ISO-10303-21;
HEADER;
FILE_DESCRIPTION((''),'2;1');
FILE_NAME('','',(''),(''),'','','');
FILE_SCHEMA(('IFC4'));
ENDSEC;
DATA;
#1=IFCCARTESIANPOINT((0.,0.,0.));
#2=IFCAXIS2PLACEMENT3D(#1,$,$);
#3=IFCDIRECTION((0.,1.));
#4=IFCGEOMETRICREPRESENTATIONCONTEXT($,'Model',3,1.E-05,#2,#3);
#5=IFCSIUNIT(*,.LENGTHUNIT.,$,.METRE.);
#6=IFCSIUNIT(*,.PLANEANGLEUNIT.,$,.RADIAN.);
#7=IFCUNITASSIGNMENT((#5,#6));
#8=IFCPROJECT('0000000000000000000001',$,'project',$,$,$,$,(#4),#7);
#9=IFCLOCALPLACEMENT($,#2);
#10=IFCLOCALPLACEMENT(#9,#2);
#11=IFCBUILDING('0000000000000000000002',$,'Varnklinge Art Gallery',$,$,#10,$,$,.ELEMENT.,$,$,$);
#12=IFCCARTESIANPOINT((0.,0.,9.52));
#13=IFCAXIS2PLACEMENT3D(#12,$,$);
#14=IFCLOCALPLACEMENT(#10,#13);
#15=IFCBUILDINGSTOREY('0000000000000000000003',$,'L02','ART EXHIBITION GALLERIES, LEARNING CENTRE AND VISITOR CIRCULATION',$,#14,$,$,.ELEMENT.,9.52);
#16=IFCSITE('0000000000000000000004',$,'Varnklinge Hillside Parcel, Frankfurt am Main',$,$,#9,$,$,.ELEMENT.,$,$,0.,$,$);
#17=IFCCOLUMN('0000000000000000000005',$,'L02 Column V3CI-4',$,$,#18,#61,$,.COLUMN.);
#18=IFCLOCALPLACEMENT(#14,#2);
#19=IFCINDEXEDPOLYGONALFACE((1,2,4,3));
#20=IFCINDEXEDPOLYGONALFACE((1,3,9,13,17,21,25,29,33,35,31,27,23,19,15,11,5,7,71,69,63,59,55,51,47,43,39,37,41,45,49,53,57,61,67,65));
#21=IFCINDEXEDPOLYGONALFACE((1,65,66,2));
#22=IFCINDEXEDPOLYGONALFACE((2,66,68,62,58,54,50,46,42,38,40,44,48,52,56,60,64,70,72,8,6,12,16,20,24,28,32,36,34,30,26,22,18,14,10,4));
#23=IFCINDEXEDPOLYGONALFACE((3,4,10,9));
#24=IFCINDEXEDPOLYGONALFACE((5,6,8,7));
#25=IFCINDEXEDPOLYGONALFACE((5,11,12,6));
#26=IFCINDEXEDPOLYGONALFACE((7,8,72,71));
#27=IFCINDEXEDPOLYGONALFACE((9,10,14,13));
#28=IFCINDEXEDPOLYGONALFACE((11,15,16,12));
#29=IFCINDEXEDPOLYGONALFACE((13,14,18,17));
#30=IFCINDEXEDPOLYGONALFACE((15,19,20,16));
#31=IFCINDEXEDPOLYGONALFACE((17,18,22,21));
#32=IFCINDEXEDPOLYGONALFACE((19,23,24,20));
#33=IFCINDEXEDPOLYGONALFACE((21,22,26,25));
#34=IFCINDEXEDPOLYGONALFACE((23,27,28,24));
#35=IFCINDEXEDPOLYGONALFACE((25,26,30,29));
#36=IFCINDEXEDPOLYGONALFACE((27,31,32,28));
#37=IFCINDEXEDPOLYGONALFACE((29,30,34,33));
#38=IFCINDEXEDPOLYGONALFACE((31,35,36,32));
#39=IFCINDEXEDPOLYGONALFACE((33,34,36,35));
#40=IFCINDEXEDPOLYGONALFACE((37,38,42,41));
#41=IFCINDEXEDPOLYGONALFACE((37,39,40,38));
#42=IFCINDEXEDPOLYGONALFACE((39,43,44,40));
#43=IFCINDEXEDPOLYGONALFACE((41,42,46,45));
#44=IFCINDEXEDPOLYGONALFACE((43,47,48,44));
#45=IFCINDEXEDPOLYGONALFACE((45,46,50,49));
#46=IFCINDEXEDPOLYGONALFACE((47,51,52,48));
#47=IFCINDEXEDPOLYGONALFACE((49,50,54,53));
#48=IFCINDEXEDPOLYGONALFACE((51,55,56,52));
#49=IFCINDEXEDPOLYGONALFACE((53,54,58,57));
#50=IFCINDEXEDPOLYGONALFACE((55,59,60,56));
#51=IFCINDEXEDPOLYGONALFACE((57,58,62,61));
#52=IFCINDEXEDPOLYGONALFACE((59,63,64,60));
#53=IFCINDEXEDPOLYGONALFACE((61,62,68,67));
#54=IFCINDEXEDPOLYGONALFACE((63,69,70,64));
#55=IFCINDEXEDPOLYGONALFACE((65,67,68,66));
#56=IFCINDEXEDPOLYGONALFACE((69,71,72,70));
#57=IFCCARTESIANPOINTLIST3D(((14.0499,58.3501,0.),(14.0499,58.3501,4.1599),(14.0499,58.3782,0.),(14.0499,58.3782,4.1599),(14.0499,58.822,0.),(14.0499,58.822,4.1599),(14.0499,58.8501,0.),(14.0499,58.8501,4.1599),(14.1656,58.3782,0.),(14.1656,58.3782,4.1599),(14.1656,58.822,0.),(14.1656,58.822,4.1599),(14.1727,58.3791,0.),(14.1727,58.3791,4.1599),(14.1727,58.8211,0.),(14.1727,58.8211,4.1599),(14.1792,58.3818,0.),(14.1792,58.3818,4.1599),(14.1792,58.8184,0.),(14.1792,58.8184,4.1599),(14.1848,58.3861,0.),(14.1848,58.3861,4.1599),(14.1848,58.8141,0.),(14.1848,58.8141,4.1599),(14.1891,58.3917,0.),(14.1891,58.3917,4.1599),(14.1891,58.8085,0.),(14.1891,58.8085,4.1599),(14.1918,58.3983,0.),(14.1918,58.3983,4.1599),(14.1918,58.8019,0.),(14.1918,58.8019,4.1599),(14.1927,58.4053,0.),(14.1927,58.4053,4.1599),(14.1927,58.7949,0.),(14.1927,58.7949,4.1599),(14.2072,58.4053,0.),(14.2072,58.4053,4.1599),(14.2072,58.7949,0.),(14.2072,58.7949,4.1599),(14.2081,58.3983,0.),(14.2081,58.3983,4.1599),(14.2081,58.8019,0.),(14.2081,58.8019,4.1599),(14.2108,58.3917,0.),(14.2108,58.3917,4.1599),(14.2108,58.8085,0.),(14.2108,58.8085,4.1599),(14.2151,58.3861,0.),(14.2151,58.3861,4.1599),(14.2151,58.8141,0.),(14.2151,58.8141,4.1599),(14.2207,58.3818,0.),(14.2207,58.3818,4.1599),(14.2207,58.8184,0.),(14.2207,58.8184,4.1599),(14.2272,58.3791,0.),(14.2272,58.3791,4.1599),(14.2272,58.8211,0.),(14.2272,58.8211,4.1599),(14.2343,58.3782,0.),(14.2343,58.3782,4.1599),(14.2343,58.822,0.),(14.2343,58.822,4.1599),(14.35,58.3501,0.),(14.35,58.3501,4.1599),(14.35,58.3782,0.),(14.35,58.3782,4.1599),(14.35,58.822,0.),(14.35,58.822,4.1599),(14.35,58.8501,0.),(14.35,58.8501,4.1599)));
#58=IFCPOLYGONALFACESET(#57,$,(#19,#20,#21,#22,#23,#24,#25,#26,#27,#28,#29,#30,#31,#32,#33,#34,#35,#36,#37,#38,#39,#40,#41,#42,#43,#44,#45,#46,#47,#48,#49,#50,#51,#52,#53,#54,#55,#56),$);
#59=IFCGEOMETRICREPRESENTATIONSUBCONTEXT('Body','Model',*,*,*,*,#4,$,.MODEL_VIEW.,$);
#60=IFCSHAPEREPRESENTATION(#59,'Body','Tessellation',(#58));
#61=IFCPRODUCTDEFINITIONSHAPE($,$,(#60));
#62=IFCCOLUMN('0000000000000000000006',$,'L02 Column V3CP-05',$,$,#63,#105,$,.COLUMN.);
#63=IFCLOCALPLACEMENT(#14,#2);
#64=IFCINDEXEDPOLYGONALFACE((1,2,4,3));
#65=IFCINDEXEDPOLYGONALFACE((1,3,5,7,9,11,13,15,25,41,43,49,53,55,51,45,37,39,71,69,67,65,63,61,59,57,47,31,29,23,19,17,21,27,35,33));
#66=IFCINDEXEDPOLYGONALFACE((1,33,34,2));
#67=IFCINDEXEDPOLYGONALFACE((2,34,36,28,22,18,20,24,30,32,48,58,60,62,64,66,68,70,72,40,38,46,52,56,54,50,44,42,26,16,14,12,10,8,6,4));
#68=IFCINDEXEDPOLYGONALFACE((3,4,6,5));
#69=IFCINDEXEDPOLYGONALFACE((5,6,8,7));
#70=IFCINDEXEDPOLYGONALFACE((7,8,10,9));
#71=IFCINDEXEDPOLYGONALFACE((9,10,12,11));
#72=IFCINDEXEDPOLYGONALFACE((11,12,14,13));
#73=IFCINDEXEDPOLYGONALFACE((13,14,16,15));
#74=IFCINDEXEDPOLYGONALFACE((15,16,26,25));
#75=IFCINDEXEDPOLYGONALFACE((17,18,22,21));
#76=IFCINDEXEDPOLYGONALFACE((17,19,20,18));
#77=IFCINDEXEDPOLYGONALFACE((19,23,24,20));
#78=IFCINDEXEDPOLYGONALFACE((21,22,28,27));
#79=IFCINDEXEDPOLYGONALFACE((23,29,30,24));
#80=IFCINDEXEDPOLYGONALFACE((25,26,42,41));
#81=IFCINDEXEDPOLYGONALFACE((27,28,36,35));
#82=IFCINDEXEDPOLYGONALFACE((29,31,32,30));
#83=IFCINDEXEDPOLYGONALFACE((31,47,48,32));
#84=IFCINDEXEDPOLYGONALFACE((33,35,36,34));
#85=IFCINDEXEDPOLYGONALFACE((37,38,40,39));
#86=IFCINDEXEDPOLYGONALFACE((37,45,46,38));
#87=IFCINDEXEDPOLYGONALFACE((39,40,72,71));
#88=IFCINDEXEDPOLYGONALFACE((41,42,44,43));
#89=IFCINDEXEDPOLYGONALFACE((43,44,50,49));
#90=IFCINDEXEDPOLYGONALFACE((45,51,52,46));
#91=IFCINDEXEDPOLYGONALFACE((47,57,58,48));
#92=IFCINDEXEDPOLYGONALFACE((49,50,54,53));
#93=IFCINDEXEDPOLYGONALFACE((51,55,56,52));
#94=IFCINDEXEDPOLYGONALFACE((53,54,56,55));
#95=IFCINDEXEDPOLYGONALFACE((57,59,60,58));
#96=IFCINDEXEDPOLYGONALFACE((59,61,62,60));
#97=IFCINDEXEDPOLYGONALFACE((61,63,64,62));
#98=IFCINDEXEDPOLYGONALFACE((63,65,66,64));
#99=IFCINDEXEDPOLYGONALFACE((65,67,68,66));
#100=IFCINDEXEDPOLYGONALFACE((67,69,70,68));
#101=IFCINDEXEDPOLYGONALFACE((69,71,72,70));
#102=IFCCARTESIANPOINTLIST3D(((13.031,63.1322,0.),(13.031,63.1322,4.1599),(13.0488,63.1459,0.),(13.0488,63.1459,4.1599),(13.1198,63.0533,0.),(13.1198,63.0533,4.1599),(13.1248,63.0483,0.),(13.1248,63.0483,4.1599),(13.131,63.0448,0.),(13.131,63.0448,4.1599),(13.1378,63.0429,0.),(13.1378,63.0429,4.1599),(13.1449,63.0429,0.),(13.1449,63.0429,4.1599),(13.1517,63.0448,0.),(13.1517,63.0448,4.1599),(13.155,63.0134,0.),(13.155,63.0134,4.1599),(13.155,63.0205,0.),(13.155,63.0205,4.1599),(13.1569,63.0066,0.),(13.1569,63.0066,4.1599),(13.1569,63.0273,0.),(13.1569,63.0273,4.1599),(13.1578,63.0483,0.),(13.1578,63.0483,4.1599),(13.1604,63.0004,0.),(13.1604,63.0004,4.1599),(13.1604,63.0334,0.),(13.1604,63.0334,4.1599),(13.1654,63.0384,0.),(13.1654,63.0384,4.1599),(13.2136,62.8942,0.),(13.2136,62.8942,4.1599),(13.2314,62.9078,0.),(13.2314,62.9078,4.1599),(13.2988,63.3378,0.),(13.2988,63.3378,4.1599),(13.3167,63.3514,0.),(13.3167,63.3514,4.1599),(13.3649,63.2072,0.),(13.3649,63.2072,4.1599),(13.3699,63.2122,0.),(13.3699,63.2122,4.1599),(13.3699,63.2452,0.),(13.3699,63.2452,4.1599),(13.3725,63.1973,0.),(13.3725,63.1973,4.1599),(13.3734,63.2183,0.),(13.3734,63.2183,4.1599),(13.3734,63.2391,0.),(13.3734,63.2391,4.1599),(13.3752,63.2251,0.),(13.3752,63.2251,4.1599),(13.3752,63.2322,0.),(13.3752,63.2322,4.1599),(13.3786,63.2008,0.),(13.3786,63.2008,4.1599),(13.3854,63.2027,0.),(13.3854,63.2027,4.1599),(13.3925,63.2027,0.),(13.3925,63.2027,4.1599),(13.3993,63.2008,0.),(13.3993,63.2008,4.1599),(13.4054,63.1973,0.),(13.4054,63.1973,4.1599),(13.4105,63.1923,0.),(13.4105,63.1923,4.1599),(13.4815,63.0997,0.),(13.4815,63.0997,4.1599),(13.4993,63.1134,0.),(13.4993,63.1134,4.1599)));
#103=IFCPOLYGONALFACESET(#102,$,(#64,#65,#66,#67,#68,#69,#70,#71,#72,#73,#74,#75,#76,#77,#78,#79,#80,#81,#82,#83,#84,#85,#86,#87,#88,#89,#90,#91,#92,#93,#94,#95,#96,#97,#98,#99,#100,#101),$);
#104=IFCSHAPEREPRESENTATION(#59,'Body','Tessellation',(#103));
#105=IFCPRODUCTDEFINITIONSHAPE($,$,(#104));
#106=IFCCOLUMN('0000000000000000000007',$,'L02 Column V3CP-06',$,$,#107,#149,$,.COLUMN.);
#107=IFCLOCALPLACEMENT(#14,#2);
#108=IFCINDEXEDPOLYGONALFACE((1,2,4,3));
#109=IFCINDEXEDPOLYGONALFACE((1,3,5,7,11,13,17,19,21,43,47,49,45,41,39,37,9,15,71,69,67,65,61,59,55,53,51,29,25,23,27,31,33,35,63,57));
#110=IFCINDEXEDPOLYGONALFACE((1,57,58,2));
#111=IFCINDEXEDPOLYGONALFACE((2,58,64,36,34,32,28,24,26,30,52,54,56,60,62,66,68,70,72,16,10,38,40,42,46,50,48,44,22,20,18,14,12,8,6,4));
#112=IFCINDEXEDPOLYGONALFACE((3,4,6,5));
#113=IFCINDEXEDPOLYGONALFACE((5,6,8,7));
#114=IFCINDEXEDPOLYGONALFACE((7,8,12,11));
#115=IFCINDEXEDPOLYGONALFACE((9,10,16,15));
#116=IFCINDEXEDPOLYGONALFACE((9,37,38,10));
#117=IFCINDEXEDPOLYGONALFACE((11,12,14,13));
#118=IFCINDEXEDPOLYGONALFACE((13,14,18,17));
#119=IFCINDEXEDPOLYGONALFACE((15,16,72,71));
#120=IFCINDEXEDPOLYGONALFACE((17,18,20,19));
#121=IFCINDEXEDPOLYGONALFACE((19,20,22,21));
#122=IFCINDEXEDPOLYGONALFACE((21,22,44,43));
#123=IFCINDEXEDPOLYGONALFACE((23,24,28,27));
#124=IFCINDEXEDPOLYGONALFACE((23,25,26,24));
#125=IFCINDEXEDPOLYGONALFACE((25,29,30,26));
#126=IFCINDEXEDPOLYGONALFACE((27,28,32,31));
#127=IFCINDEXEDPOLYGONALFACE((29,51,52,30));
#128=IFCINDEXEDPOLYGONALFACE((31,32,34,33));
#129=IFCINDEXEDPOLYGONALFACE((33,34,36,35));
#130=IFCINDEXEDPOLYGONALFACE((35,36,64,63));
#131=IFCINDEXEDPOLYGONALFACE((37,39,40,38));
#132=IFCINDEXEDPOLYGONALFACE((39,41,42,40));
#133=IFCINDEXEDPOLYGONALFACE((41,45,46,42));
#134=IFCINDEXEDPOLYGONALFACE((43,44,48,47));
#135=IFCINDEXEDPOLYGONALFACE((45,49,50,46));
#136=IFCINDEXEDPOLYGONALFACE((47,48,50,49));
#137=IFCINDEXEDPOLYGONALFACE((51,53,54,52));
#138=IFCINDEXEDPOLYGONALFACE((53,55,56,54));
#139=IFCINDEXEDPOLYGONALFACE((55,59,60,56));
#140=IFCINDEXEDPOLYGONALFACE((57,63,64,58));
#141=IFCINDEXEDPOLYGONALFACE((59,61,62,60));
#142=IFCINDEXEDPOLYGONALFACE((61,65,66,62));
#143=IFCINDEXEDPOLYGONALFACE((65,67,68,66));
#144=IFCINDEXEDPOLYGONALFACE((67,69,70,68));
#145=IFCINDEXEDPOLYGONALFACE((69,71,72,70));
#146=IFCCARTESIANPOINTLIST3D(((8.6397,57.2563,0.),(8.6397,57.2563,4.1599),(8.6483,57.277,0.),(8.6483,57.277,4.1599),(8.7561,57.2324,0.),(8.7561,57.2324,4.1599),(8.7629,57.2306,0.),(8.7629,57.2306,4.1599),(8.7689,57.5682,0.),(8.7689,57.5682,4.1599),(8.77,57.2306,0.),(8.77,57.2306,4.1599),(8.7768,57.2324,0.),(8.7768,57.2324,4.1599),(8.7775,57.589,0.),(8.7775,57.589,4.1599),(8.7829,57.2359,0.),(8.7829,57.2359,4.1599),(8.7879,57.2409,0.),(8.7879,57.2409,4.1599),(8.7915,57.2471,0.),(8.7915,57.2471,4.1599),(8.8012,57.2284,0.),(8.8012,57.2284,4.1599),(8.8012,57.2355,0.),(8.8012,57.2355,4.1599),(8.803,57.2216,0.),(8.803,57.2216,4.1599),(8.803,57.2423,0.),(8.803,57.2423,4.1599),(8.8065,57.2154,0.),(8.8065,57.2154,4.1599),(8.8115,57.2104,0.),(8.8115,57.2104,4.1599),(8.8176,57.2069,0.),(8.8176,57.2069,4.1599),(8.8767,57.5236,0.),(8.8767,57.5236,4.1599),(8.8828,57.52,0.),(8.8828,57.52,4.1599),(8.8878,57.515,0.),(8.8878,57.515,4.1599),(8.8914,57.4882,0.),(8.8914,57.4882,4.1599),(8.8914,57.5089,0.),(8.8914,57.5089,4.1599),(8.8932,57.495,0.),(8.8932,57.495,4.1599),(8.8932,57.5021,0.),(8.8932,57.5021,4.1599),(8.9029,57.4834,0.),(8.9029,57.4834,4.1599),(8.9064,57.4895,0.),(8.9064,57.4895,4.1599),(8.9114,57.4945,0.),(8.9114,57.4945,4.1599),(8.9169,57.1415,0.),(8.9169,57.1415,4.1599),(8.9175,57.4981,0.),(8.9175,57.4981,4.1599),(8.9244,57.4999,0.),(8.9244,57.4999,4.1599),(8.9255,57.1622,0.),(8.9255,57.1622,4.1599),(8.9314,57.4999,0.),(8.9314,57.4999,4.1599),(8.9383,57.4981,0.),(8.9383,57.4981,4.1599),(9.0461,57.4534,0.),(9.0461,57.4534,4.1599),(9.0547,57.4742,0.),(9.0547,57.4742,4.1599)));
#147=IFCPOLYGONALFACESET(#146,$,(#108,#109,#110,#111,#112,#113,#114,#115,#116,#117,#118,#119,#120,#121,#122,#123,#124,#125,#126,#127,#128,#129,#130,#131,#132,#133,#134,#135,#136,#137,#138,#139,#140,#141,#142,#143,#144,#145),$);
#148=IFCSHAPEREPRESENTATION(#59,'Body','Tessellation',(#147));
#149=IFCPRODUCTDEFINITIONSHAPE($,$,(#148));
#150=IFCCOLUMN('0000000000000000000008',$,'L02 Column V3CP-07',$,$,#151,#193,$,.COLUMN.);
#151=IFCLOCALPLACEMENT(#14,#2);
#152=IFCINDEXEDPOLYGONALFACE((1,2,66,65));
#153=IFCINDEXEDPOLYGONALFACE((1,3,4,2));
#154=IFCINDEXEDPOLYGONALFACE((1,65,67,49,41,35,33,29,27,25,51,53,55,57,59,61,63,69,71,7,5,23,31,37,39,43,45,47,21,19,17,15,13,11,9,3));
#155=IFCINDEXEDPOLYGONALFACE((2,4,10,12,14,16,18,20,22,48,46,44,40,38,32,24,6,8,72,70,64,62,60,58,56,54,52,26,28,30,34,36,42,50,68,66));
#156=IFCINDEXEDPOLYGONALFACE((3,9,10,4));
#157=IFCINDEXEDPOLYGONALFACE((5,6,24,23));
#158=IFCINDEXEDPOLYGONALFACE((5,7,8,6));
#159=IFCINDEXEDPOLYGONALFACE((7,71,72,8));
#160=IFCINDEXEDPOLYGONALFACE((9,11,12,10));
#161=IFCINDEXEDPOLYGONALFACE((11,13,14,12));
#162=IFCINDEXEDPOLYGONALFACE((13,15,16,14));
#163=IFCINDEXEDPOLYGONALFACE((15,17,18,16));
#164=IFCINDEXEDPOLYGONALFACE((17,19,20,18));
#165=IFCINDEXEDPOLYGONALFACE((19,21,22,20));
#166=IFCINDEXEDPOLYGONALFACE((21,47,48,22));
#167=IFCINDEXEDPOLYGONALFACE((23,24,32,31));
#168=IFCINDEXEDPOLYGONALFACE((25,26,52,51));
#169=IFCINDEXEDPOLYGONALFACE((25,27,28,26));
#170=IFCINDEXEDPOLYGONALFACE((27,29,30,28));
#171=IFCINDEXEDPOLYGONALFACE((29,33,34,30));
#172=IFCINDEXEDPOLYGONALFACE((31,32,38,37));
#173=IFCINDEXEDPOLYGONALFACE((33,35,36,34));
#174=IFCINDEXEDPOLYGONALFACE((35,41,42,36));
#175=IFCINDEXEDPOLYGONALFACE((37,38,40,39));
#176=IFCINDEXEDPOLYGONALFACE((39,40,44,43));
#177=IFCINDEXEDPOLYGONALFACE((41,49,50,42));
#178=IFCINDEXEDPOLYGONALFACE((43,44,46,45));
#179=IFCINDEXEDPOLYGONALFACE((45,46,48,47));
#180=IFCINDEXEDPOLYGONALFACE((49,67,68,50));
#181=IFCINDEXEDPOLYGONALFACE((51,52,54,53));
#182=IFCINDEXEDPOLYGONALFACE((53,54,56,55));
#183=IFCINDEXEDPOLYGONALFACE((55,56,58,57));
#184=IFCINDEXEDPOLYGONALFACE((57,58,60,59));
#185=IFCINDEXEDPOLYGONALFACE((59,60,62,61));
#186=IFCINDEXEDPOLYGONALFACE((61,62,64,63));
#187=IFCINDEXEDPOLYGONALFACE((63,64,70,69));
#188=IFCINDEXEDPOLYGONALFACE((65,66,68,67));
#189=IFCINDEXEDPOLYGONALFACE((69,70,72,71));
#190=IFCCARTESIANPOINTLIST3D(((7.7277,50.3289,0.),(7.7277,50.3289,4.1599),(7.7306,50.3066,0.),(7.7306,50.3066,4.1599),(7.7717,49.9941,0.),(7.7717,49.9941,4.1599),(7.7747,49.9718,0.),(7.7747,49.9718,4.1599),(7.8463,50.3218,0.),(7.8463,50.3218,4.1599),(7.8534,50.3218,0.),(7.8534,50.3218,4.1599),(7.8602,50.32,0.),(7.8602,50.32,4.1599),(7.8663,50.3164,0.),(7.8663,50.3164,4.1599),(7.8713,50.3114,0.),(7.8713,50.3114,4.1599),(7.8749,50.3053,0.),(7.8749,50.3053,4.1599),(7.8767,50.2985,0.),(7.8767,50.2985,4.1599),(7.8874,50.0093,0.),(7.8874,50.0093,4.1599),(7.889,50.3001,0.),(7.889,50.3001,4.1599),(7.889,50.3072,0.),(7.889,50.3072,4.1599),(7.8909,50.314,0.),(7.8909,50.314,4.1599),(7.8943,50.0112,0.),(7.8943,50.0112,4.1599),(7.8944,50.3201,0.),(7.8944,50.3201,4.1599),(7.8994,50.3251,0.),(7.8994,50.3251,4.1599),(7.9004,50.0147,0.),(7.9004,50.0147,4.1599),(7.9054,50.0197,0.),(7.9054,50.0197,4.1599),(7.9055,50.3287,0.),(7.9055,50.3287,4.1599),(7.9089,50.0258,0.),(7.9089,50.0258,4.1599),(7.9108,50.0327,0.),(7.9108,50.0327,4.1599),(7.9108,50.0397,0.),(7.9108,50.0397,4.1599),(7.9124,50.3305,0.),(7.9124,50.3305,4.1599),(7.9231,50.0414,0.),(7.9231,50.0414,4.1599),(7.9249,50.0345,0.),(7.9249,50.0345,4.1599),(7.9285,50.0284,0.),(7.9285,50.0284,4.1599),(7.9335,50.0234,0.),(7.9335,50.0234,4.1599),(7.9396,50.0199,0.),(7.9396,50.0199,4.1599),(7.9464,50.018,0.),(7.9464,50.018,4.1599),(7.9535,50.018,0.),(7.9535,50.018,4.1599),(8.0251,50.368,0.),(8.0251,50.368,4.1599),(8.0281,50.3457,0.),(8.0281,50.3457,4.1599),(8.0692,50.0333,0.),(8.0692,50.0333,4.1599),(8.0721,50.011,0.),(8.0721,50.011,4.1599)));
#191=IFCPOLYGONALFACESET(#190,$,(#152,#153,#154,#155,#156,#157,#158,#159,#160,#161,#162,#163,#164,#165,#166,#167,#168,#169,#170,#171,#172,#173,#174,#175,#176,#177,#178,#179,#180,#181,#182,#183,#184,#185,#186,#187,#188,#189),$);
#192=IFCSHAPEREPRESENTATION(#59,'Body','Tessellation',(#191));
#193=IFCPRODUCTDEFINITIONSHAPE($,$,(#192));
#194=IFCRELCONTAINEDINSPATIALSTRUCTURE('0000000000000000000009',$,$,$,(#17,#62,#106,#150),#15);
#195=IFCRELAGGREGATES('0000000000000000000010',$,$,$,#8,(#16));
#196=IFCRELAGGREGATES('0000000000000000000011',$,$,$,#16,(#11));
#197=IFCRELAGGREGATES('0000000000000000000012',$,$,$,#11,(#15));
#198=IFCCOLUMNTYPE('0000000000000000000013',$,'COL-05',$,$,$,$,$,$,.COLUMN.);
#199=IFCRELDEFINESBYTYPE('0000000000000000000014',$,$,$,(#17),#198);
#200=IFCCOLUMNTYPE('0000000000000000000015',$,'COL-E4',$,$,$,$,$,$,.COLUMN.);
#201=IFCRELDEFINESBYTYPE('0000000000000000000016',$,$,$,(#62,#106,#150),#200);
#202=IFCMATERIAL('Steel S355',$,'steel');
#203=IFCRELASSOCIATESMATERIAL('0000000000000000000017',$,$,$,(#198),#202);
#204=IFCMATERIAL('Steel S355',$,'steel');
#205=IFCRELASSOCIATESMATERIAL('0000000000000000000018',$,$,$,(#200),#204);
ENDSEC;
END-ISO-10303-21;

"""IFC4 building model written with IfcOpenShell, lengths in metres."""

from ifc_helpers import new_model, si_unit, direction, frame, origin, origin_2d, place, context, subcontext, project, spatial, i_section, extrude, material, material_profile, profile_set, type_object, element, save


model = new_model("IFC4")

# Units and contexts
model_context = context("Model", 3, precision=1e-05, world=origin(), true_north=direction((0.0, 1.0)))
body_context = subcontext(model_context, "Body", "Model", "MODEL_VIEW")
ifc_project = project(units=[si_unit("LENGTHUNIT", "METRE"), si_unit("PLANEANGLEUNIT", "RADIAN")], contexts=[model_context])

# Site, building, storey
site_placement = place(None, origin())
site = spatial("IfcSite", under=ifc_project, at=site_placement, Name="Varnklinge Hillside Parcel, Frankfurt am Main", CompositionType="ELEMENT", RefElevation=0.0)
building_placement = place(site_placement, origin())
building = spatial("IfcBuilding", under=site, at=building_placement, Name="Varnklinge Art Gallery", CompositionType="ELEMENT")
storey_placement = place(building_placement, frame((0.0, 0.0, 9.52)))
storey = spatial("IfcBuildingStorey", under=building, at=storey_placement, Name="L02", Description="ART EXHIBITION GALLERIES, LEARNING CENTRE AND VISITOR CIRCULATION", CompositionType="ELEMENT", Elevation=9.52)

# Columns
ifc_material_1 = material(Name="Steel S355", Category="steel")
ifc_material_profile_1 = material_profile(ifc_material_1, i_section(OverallWidth=0.3, OverallDepth=0.5, WebThickness=0.0144, FlangeThickness=0.0281, FilletRadius=0.0271, at=origin_2d()), Name="HEB 500")
ifc_profile_set_1 = profile_set([ifc_material_profile_1], Name="Steel S355")
column_type_1 = type_object("IfcColumnType", Name="COL-05", PredefinedType="COLUMN", material=ifc_profile_set_1)
column_placement = place(storey_placement, frame((14.2, 58.6001, 0.0), z_axis=(0.0, 0.0, 1.0), x_axis=(1.0, 0.0, 0.0)))
element("IfcColumn", 1, at=column_placement, inside=storey, type_object=column_type_1, Name="L02 Column V3CI-4", PredefinedType="COLUMN", context=body_context, shape_type="SweptSolid", body=[
    extrude(i_section(OverallWidth=0.3, OverallDepth=0.5, WebThickness=0.0144, FlangeThickness=0.0281, FilletRadius=0.0271, at=origin_2d()), origin(), (0.0, 0.0, 1.0), 4.1599),
])
ifc_material_2 = material(Name="Steel S355", Category="steel")
ifc_material_profile_2 = material_profile(ifc_material_2, i_section(OverallWidth=0.3, OverallDepth=0.3601, WebThickness=0.0125, FlangeThickness=0.0225, FilletRadius=0.0271, at=origin_2d()), Name="HEB 360")
ifc_profile_set_2 = profile_set([ifc_material_profile_2], Name="Steel S355")
column_type_2 = type_object("IfcColumnType", Name="COL-E4", PredefinedType="COLUMN", material=ifc_profile_set_2)
for number, where, z_axis, x_axis, name in (
    (2, (13.2651, 63.1228, 0.0), (0.0, 0.0, 1.0), (-0.608761, 0.793353, 0.0), "L02 Column V3CP-05"),
    (3, (8.8472, 57.3652, 0.0), (0.0, 0.0, 1.0), (-0.92388, 0.382683, 0.0), "L02 Column V3CP-06"),
    (4, (7.8999, 50.1699, 0.0), (0.0, 0.0, 1.0), (-0.991445, -0.130526, 0.0), "L02 Column V3CP-07"),
):
    element("IfcColumn", number, at=place(storey_placement, frame(where, z_axis=z_axis, x_axis=x_axis)), inside=storey, type_object=column_type_2, Name=name, PredefinedType="COLUMN", context=body_context, shape_type="SweptSolid", body=[
        extrude(i_section(OverallWidth=0.3, OverallDepth=0.3601, WebThickness=0.0125, FlangeThickness=0.0225, FilletRadius=0.0271, at=origin_2d()), origin(), (0.0, 0.0, 1.0), 4.1599),
    ])

save(model, "model.ifc")
